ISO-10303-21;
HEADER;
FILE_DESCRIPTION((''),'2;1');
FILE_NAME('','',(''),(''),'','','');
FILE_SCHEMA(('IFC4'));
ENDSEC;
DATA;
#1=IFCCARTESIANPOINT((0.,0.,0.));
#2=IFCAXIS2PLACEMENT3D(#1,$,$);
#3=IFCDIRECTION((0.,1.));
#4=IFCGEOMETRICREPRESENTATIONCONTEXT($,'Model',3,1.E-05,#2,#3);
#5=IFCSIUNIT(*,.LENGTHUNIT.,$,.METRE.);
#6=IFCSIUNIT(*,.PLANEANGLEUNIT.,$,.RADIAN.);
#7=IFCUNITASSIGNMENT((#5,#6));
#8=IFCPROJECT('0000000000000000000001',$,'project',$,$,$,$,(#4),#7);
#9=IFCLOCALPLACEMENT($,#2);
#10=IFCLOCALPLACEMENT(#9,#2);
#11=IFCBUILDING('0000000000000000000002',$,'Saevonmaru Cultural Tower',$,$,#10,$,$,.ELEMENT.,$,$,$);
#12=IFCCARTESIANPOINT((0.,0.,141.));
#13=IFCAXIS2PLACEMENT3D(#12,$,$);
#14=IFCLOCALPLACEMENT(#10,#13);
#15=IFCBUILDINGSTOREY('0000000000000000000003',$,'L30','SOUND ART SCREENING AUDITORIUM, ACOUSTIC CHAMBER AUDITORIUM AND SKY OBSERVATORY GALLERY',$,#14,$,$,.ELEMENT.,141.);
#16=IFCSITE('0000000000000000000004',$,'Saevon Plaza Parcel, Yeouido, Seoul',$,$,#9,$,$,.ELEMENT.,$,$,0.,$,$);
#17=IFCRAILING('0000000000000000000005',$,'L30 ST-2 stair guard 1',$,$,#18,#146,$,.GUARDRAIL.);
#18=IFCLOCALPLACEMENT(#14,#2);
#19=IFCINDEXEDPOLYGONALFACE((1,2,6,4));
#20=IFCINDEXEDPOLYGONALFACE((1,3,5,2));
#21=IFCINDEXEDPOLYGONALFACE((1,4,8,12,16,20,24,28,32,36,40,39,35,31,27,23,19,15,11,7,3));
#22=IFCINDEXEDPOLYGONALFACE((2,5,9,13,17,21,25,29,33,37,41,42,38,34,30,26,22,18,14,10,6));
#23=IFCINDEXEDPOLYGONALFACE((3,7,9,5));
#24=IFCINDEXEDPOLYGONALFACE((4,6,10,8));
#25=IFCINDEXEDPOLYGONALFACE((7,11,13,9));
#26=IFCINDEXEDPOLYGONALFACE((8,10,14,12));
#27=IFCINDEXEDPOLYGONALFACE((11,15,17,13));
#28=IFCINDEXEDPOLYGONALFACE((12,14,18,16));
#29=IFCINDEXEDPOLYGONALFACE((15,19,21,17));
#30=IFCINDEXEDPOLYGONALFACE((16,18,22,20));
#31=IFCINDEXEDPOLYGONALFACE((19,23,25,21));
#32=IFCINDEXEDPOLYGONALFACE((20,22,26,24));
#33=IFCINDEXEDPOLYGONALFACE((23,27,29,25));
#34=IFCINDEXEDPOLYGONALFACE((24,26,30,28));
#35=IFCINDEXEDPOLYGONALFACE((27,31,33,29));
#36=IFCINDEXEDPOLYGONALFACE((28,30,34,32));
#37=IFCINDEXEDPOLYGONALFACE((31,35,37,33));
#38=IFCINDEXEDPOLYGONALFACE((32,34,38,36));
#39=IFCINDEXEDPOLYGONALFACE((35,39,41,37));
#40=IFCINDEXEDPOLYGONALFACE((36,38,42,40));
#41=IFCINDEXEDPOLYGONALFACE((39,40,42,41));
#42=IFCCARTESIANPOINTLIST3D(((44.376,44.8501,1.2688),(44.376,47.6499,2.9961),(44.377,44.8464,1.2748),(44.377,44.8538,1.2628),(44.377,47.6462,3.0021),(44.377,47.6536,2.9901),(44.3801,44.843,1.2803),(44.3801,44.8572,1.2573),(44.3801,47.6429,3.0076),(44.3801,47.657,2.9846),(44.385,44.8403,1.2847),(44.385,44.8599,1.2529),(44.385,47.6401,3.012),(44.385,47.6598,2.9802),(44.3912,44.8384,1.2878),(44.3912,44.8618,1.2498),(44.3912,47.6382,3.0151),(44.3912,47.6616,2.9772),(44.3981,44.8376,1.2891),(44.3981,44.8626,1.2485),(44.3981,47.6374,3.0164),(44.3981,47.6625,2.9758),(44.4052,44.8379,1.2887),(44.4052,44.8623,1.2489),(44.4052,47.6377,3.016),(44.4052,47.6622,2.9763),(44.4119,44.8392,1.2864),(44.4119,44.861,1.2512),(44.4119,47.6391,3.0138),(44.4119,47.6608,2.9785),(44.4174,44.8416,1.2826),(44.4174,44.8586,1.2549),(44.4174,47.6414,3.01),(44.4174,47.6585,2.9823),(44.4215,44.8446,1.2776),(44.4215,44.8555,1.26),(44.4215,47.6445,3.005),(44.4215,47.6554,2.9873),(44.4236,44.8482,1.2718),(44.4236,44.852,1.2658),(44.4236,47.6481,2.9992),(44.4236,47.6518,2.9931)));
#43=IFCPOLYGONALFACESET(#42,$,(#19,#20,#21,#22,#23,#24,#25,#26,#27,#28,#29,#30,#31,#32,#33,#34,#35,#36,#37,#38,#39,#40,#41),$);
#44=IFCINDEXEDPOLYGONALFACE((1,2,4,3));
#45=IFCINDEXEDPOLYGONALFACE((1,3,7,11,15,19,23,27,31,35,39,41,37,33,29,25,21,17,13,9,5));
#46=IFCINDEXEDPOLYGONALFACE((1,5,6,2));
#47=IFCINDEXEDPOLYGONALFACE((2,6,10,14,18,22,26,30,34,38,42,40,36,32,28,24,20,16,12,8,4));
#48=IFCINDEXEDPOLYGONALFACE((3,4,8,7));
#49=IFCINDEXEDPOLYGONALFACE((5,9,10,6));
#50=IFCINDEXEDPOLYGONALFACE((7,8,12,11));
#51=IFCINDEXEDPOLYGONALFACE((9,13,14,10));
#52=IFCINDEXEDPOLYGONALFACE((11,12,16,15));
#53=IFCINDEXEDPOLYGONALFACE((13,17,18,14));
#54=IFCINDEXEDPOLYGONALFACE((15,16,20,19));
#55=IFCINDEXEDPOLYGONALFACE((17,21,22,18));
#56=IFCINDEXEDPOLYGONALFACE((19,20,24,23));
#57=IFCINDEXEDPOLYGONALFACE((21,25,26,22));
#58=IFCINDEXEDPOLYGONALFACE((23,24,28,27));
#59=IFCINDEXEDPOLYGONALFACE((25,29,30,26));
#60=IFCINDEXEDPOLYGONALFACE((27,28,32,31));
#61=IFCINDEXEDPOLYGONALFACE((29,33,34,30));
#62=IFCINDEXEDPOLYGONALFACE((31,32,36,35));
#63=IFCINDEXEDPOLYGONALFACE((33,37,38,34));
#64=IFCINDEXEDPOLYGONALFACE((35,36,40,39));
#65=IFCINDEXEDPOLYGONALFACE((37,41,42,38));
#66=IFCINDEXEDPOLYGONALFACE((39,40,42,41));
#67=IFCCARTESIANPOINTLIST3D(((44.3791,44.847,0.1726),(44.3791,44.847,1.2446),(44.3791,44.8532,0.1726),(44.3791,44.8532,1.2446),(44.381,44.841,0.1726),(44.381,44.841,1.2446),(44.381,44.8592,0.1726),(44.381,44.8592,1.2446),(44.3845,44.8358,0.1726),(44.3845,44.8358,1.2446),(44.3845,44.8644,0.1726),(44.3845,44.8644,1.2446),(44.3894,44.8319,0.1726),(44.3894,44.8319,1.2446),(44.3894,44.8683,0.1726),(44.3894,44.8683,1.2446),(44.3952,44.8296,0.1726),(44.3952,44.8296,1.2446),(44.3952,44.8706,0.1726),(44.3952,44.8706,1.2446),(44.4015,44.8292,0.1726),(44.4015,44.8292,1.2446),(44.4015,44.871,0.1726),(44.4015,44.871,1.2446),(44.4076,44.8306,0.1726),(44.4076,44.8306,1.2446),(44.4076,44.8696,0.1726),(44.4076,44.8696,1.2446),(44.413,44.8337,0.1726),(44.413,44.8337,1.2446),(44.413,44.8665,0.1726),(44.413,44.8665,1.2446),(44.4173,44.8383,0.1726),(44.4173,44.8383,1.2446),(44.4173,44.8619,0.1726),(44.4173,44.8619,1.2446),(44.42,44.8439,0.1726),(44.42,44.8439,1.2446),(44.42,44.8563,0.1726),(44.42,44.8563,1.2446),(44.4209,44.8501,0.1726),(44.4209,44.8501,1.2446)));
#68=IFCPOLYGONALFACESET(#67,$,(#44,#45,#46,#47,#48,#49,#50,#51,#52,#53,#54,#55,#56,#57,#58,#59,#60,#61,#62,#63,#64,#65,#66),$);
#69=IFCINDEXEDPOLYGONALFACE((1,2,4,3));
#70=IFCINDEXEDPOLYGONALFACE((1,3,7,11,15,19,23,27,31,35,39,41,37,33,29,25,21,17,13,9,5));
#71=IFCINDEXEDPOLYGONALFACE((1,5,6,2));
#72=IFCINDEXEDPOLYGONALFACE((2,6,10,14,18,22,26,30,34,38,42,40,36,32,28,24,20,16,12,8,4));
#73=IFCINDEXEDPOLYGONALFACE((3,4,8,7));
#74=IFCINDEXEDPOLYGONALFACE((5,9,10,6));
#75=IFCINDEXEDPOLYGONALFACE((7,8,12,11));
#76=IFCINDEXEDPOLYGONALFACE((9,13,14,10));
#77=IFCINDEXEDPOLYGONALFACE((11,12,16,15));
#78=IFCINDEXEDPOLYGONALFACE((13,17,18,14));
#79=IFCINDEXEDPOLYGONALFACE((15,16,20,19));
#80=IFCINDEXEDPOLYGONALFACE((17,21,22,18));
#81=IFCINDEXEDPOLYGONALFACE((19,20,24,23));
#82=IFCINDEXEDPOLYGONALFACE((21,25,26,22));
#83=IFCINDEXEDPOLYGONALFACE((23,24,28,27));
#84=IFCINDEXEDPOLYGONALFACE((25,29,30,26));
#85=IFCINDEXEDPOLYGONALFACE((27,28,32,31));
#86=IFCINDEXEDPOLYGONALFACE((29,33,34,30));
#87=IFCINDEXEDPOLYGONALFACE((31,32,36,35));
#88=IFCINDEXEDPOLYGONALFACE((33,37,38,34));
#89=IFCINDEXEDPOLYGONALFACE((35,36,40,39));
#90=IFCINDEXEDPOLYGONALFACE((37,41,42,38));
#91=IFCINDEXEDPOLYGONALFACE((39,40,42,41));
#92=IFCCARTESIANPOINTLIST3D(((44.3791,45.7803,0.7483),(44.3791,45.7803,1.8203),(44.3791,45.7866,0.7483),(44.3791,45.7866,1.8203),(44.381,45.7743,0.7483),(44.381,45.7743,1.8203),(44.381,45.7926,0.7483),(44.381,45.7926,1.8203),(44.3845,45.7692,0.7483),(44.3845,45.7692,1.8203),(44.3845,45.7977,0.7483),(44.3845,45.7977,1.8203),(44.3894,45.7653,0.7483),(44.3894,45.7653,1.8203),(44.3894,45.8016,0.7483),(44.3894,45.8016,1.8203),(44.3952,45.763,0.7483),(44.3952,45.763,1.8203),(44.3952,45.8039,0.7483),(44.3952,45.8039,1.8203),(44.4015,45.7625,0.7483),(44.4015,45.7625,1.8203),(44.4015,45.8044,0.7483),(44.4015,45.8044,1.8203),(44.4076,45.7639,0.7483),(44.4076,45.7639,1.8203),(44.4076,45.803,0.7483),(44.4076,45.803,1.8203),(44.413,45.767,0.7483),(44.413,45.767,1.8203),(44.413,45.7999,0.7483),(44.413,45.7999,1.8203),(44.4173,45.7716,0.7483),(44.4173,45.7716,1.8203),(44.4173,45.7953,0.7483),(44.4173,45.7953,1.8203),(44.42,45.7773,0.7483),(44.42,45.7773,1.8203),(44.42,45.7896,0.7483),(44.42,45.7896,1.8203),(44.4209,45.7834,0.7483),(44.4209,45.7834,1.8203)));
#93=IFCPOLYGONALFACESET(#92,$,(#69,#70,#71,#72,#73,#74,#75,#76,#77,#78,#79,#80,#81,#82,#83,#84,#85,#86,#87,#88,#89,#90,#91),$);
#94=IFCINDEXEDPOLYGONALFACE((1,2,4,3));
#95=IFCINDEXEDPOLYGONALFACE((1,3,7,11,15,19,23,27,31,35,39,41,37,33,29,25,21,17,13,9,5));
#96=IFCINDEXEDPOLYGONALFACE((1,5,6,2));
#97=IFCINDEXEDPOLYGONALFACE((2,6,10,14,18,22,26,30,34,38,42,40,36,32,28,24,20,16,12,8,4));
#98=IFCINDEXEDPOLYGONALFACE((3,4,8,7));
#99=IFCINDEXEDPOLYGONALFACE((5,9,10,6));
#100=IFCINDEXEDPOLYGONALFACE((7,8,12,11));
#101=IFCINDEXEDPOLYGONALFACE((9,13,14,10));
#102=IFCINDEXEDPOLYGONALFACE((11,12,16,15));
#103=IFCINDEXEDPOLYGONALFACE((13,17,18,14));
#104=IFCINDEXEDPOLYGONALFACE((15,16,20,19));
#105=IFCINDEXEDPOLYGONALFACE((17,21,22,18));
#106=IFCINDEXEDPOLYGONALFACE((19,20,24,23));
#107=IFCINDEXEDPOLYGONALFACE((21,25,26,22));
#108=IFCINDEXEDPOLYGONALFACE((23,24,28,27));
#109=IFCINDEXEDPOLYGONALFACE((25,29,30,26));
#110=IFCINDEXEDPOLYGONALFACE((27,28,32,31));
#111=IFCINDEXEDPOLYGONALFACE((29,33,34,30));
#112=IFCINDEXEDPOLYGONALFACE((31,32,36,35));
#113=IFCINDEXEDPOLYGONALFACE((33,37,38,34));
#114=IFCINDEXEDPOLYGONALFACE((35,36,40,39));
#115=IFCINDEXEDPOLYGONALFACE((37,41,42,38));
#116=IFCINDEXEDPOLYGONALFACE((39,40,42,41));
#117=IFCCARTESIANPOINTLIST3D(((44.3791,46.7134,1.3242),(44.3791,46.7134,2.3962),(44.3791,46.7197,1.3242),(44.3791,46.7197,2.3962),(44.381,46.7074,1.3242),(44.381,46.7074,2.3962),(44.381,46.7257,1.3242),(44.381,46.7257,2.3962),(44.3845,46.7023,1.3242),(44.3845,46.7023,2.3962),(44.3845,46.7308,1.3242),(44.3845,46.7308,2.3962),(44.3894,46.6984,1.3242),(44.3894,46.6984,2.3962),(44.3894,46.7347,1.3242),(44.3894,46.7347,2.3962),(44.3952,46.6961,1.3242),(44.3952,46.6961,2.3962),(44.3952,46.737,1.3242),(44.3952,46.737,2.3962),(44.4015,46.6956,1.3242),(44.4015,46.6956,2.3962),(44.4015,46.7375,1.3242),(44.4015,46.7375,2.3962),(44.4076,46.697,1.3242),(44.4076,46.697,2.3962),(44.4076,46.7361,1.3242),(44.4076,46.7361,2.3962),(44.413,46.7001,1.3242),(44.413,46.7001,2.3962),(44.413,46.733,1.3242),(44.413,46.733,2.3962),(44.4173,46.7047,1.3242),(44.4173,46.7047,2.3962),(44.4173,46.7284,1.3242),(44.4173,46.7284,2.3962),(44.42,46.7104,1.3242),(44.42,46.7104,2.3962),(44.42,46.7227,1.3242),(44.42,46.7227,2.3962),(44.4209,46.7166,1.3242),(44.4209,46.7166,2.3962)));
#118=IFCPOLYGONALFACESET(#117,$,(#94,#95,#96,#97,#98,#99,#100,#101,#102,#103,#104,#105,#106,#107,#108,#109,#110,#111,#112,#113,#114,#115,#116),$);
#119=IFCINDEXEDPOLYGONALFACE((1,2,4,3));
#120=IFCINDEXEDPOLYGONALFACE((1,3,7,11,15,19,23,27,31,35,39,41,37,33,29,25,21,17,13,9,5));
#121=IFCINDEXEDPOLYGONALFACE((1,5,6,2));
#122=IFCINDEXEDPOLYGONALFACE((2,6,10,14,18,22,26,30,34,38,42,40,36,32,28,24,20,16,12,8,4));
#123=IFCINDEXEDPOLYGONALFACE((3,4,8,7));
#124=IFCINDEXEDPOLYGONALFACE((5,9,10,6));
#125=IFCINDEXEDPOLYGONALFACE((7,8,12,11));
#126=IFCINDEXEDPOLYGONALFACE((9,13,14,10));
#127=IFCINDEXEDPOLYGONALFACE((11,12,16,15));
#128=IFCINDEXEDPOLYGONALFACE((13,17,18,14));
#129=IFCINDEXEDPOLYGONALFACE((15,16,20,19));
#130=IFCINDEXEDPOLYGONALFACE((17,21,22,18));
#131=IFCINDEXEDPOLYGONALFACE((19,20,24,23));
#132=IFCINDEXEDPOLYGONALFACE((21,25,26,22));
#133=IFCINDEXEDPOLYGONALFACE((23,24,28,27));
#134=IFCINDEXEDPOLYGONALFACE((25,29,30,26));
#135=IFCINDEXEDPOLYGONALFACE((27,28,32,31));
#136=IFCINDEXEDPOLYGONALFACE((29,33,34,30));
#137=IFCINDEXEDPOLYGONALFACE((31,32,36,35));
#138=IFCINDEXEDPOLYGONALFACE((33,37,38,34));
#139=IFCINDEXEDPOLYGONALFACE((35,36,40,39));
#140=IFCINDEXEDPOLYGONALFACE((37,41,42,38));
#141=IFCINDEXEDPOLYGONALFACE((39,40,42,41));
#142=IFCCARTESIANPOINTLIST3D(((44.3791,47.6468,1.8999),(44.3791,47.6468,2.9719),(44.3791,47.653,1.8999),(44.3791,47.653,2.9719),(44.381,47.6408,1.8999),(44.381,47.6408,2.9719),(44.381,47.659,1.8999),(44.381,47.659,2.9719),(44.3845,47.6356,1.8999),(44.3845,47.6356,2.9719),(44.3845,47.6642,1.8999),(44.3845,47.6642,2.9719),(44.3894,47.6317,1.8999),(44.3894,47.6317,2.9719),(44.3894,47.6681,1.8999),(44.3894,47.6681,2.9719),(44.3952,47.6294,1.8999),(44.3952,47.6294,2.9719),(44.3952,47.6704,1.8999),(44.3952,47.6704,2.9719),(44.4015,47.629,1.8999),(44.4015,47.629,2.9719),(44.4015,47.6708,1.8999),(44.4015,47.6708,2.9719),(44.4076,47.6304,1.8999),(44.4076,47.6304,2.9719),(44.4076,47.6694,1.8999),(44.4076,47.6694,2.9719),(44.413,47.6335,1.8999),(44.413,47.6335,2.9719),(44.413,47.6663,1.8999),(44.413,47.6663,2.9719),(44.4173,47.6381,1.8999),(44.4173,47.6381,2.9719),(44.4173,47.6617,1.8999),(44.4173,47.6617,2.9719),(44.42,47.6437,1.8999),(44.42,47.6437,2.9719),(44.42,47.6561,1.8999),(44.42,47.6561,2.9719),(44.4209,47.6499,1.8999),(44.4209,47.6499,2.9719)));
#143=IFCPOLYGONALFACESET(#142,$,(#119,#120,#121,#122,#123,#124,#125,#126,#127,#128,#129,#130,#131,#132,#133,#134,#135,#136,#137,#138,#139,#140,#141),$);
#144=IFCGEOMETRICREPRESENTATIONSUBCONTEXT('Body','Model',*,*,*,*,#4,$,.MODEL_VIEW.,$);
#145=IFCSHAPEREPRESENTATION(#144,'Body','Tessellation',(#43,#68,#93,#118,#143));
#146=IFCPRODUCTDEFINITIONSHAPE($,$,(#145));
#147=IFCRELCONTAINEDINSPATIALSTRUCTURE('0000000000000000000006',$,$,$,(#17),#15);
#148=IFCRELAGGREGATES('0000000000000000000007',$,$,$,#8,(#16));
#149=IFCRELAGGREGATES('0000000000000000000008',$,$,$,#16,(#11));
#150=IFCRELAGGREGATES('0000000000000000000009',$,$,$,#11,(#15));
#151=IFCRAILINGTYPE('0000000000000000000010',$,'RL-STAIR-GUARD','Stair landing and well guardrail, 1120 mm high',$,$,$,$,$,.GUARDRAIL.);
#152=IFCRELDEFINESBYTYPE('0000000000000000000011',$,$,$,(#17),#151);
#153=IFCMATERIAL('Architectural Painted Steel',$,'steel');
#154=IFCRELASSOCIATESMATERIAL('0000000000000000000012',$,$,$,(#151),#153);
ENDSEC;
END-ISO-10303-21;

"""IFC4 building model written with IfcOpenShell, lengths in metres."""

from ifc_helpers import new_model, si_unit, direction, frame, origin, origin_2d, place, context, subcontext, project, spatial, circle, extrude, material, type_object, element, save


model = new_model("IFC4")

# Units and contexts
model_context = context("Model", 3, precision=1e-05, world=origin(), true_north=direction((0.0, 1.0)))
body_context = subcontext(model_context, "Body", "Model", "MODEL_VIEW")
ifc_project = project(units=[si_unit("LENGTHUNIT", "METRE"), si_unit("PLANEANGLEUNIT", "RADIAN")], contexts=[model_context])

# Site, building, storey
site_placement = place(None, origin())
site = spatial("IfcSite", under=ifc_project, at=site_placement, Name="Saevon Plaza Parcel, Yeouido, Seoul", CompositionType="ELEMENT", RefElevation=0.0)
building_placement = place(site_placement, origin())
building = spatial("IfcBuilding", under=site, at=building_placement, Name="Saevonmaru Cultural Tower", CompositionType="ELEMENT")
storey_placement = place(building_placement, frame((0.0, 0.0, 141.0)))
storey = spatial("IfcBuildingStorey", under=building, at=storey_placement, Name="L30", Description="SOUND ART SCREENING AUDITORIUM, ACOUSTIC CHAMBER AUDITORIUM AND SKY OBSERVATORY GALLERY", CompositionType="ELEMENT", Elevation=141.0)

# Railing
ifc_material_1 = material(Name="Architectural Painted Steel", Category="steel")
railing_type_1 = type_object("IfcRailingType", Name="RL-STAIR-GUARD", Description="Stair landing and well guardrail, 1120 mm high", PredefinedType="GUARDRAIL", material=ifc_material_1)
railing_1_placement = place(storey_placement, frame((44.3999, 44.8501, 0.1726)))
element("IfcRailing", 1, at=railing_1_placement, inside=storey, type_object=railing_type_1, Name="L30 ST-2 stair guard 1", PredefinedType="GUARDRAIL", context=body_context, shape_type="SweptSolid", body=[
    extrude(circle(Radius=0.0239, at=origin_2d()), frame((0.0, 0.0, 1.0962), z_axis=(0.0, 0.851069, 0.525054), x_axis=(-1.0, 0.0, 0.0)), (0.0, 0.0, 1.0), 3.2898),
    extrude(circle(Radius=0.021, at=origin_2d()), origin(), (0.0, 0.0, 1.0), 1.072),
    extrude(circle(Radius=0.021, at=origin_2d()), frame((0.0, 0.9333, 0.5757)), (0.0, 0.0, 1.0), 1.072),
    extrude(circle(Radius=0.021, at=origin_2d()), frame((0.0, 1.8665, 1.1516)), (0.0, 0.0, 1.0), 1.072),
    extrude(circle(Radius=0.021, at=origin_2d()), frame((0.0, 2.7998, 1.7273)), (0.0, 0.0, 1.0), 1.072),
])

save(model, "model.ifc")
